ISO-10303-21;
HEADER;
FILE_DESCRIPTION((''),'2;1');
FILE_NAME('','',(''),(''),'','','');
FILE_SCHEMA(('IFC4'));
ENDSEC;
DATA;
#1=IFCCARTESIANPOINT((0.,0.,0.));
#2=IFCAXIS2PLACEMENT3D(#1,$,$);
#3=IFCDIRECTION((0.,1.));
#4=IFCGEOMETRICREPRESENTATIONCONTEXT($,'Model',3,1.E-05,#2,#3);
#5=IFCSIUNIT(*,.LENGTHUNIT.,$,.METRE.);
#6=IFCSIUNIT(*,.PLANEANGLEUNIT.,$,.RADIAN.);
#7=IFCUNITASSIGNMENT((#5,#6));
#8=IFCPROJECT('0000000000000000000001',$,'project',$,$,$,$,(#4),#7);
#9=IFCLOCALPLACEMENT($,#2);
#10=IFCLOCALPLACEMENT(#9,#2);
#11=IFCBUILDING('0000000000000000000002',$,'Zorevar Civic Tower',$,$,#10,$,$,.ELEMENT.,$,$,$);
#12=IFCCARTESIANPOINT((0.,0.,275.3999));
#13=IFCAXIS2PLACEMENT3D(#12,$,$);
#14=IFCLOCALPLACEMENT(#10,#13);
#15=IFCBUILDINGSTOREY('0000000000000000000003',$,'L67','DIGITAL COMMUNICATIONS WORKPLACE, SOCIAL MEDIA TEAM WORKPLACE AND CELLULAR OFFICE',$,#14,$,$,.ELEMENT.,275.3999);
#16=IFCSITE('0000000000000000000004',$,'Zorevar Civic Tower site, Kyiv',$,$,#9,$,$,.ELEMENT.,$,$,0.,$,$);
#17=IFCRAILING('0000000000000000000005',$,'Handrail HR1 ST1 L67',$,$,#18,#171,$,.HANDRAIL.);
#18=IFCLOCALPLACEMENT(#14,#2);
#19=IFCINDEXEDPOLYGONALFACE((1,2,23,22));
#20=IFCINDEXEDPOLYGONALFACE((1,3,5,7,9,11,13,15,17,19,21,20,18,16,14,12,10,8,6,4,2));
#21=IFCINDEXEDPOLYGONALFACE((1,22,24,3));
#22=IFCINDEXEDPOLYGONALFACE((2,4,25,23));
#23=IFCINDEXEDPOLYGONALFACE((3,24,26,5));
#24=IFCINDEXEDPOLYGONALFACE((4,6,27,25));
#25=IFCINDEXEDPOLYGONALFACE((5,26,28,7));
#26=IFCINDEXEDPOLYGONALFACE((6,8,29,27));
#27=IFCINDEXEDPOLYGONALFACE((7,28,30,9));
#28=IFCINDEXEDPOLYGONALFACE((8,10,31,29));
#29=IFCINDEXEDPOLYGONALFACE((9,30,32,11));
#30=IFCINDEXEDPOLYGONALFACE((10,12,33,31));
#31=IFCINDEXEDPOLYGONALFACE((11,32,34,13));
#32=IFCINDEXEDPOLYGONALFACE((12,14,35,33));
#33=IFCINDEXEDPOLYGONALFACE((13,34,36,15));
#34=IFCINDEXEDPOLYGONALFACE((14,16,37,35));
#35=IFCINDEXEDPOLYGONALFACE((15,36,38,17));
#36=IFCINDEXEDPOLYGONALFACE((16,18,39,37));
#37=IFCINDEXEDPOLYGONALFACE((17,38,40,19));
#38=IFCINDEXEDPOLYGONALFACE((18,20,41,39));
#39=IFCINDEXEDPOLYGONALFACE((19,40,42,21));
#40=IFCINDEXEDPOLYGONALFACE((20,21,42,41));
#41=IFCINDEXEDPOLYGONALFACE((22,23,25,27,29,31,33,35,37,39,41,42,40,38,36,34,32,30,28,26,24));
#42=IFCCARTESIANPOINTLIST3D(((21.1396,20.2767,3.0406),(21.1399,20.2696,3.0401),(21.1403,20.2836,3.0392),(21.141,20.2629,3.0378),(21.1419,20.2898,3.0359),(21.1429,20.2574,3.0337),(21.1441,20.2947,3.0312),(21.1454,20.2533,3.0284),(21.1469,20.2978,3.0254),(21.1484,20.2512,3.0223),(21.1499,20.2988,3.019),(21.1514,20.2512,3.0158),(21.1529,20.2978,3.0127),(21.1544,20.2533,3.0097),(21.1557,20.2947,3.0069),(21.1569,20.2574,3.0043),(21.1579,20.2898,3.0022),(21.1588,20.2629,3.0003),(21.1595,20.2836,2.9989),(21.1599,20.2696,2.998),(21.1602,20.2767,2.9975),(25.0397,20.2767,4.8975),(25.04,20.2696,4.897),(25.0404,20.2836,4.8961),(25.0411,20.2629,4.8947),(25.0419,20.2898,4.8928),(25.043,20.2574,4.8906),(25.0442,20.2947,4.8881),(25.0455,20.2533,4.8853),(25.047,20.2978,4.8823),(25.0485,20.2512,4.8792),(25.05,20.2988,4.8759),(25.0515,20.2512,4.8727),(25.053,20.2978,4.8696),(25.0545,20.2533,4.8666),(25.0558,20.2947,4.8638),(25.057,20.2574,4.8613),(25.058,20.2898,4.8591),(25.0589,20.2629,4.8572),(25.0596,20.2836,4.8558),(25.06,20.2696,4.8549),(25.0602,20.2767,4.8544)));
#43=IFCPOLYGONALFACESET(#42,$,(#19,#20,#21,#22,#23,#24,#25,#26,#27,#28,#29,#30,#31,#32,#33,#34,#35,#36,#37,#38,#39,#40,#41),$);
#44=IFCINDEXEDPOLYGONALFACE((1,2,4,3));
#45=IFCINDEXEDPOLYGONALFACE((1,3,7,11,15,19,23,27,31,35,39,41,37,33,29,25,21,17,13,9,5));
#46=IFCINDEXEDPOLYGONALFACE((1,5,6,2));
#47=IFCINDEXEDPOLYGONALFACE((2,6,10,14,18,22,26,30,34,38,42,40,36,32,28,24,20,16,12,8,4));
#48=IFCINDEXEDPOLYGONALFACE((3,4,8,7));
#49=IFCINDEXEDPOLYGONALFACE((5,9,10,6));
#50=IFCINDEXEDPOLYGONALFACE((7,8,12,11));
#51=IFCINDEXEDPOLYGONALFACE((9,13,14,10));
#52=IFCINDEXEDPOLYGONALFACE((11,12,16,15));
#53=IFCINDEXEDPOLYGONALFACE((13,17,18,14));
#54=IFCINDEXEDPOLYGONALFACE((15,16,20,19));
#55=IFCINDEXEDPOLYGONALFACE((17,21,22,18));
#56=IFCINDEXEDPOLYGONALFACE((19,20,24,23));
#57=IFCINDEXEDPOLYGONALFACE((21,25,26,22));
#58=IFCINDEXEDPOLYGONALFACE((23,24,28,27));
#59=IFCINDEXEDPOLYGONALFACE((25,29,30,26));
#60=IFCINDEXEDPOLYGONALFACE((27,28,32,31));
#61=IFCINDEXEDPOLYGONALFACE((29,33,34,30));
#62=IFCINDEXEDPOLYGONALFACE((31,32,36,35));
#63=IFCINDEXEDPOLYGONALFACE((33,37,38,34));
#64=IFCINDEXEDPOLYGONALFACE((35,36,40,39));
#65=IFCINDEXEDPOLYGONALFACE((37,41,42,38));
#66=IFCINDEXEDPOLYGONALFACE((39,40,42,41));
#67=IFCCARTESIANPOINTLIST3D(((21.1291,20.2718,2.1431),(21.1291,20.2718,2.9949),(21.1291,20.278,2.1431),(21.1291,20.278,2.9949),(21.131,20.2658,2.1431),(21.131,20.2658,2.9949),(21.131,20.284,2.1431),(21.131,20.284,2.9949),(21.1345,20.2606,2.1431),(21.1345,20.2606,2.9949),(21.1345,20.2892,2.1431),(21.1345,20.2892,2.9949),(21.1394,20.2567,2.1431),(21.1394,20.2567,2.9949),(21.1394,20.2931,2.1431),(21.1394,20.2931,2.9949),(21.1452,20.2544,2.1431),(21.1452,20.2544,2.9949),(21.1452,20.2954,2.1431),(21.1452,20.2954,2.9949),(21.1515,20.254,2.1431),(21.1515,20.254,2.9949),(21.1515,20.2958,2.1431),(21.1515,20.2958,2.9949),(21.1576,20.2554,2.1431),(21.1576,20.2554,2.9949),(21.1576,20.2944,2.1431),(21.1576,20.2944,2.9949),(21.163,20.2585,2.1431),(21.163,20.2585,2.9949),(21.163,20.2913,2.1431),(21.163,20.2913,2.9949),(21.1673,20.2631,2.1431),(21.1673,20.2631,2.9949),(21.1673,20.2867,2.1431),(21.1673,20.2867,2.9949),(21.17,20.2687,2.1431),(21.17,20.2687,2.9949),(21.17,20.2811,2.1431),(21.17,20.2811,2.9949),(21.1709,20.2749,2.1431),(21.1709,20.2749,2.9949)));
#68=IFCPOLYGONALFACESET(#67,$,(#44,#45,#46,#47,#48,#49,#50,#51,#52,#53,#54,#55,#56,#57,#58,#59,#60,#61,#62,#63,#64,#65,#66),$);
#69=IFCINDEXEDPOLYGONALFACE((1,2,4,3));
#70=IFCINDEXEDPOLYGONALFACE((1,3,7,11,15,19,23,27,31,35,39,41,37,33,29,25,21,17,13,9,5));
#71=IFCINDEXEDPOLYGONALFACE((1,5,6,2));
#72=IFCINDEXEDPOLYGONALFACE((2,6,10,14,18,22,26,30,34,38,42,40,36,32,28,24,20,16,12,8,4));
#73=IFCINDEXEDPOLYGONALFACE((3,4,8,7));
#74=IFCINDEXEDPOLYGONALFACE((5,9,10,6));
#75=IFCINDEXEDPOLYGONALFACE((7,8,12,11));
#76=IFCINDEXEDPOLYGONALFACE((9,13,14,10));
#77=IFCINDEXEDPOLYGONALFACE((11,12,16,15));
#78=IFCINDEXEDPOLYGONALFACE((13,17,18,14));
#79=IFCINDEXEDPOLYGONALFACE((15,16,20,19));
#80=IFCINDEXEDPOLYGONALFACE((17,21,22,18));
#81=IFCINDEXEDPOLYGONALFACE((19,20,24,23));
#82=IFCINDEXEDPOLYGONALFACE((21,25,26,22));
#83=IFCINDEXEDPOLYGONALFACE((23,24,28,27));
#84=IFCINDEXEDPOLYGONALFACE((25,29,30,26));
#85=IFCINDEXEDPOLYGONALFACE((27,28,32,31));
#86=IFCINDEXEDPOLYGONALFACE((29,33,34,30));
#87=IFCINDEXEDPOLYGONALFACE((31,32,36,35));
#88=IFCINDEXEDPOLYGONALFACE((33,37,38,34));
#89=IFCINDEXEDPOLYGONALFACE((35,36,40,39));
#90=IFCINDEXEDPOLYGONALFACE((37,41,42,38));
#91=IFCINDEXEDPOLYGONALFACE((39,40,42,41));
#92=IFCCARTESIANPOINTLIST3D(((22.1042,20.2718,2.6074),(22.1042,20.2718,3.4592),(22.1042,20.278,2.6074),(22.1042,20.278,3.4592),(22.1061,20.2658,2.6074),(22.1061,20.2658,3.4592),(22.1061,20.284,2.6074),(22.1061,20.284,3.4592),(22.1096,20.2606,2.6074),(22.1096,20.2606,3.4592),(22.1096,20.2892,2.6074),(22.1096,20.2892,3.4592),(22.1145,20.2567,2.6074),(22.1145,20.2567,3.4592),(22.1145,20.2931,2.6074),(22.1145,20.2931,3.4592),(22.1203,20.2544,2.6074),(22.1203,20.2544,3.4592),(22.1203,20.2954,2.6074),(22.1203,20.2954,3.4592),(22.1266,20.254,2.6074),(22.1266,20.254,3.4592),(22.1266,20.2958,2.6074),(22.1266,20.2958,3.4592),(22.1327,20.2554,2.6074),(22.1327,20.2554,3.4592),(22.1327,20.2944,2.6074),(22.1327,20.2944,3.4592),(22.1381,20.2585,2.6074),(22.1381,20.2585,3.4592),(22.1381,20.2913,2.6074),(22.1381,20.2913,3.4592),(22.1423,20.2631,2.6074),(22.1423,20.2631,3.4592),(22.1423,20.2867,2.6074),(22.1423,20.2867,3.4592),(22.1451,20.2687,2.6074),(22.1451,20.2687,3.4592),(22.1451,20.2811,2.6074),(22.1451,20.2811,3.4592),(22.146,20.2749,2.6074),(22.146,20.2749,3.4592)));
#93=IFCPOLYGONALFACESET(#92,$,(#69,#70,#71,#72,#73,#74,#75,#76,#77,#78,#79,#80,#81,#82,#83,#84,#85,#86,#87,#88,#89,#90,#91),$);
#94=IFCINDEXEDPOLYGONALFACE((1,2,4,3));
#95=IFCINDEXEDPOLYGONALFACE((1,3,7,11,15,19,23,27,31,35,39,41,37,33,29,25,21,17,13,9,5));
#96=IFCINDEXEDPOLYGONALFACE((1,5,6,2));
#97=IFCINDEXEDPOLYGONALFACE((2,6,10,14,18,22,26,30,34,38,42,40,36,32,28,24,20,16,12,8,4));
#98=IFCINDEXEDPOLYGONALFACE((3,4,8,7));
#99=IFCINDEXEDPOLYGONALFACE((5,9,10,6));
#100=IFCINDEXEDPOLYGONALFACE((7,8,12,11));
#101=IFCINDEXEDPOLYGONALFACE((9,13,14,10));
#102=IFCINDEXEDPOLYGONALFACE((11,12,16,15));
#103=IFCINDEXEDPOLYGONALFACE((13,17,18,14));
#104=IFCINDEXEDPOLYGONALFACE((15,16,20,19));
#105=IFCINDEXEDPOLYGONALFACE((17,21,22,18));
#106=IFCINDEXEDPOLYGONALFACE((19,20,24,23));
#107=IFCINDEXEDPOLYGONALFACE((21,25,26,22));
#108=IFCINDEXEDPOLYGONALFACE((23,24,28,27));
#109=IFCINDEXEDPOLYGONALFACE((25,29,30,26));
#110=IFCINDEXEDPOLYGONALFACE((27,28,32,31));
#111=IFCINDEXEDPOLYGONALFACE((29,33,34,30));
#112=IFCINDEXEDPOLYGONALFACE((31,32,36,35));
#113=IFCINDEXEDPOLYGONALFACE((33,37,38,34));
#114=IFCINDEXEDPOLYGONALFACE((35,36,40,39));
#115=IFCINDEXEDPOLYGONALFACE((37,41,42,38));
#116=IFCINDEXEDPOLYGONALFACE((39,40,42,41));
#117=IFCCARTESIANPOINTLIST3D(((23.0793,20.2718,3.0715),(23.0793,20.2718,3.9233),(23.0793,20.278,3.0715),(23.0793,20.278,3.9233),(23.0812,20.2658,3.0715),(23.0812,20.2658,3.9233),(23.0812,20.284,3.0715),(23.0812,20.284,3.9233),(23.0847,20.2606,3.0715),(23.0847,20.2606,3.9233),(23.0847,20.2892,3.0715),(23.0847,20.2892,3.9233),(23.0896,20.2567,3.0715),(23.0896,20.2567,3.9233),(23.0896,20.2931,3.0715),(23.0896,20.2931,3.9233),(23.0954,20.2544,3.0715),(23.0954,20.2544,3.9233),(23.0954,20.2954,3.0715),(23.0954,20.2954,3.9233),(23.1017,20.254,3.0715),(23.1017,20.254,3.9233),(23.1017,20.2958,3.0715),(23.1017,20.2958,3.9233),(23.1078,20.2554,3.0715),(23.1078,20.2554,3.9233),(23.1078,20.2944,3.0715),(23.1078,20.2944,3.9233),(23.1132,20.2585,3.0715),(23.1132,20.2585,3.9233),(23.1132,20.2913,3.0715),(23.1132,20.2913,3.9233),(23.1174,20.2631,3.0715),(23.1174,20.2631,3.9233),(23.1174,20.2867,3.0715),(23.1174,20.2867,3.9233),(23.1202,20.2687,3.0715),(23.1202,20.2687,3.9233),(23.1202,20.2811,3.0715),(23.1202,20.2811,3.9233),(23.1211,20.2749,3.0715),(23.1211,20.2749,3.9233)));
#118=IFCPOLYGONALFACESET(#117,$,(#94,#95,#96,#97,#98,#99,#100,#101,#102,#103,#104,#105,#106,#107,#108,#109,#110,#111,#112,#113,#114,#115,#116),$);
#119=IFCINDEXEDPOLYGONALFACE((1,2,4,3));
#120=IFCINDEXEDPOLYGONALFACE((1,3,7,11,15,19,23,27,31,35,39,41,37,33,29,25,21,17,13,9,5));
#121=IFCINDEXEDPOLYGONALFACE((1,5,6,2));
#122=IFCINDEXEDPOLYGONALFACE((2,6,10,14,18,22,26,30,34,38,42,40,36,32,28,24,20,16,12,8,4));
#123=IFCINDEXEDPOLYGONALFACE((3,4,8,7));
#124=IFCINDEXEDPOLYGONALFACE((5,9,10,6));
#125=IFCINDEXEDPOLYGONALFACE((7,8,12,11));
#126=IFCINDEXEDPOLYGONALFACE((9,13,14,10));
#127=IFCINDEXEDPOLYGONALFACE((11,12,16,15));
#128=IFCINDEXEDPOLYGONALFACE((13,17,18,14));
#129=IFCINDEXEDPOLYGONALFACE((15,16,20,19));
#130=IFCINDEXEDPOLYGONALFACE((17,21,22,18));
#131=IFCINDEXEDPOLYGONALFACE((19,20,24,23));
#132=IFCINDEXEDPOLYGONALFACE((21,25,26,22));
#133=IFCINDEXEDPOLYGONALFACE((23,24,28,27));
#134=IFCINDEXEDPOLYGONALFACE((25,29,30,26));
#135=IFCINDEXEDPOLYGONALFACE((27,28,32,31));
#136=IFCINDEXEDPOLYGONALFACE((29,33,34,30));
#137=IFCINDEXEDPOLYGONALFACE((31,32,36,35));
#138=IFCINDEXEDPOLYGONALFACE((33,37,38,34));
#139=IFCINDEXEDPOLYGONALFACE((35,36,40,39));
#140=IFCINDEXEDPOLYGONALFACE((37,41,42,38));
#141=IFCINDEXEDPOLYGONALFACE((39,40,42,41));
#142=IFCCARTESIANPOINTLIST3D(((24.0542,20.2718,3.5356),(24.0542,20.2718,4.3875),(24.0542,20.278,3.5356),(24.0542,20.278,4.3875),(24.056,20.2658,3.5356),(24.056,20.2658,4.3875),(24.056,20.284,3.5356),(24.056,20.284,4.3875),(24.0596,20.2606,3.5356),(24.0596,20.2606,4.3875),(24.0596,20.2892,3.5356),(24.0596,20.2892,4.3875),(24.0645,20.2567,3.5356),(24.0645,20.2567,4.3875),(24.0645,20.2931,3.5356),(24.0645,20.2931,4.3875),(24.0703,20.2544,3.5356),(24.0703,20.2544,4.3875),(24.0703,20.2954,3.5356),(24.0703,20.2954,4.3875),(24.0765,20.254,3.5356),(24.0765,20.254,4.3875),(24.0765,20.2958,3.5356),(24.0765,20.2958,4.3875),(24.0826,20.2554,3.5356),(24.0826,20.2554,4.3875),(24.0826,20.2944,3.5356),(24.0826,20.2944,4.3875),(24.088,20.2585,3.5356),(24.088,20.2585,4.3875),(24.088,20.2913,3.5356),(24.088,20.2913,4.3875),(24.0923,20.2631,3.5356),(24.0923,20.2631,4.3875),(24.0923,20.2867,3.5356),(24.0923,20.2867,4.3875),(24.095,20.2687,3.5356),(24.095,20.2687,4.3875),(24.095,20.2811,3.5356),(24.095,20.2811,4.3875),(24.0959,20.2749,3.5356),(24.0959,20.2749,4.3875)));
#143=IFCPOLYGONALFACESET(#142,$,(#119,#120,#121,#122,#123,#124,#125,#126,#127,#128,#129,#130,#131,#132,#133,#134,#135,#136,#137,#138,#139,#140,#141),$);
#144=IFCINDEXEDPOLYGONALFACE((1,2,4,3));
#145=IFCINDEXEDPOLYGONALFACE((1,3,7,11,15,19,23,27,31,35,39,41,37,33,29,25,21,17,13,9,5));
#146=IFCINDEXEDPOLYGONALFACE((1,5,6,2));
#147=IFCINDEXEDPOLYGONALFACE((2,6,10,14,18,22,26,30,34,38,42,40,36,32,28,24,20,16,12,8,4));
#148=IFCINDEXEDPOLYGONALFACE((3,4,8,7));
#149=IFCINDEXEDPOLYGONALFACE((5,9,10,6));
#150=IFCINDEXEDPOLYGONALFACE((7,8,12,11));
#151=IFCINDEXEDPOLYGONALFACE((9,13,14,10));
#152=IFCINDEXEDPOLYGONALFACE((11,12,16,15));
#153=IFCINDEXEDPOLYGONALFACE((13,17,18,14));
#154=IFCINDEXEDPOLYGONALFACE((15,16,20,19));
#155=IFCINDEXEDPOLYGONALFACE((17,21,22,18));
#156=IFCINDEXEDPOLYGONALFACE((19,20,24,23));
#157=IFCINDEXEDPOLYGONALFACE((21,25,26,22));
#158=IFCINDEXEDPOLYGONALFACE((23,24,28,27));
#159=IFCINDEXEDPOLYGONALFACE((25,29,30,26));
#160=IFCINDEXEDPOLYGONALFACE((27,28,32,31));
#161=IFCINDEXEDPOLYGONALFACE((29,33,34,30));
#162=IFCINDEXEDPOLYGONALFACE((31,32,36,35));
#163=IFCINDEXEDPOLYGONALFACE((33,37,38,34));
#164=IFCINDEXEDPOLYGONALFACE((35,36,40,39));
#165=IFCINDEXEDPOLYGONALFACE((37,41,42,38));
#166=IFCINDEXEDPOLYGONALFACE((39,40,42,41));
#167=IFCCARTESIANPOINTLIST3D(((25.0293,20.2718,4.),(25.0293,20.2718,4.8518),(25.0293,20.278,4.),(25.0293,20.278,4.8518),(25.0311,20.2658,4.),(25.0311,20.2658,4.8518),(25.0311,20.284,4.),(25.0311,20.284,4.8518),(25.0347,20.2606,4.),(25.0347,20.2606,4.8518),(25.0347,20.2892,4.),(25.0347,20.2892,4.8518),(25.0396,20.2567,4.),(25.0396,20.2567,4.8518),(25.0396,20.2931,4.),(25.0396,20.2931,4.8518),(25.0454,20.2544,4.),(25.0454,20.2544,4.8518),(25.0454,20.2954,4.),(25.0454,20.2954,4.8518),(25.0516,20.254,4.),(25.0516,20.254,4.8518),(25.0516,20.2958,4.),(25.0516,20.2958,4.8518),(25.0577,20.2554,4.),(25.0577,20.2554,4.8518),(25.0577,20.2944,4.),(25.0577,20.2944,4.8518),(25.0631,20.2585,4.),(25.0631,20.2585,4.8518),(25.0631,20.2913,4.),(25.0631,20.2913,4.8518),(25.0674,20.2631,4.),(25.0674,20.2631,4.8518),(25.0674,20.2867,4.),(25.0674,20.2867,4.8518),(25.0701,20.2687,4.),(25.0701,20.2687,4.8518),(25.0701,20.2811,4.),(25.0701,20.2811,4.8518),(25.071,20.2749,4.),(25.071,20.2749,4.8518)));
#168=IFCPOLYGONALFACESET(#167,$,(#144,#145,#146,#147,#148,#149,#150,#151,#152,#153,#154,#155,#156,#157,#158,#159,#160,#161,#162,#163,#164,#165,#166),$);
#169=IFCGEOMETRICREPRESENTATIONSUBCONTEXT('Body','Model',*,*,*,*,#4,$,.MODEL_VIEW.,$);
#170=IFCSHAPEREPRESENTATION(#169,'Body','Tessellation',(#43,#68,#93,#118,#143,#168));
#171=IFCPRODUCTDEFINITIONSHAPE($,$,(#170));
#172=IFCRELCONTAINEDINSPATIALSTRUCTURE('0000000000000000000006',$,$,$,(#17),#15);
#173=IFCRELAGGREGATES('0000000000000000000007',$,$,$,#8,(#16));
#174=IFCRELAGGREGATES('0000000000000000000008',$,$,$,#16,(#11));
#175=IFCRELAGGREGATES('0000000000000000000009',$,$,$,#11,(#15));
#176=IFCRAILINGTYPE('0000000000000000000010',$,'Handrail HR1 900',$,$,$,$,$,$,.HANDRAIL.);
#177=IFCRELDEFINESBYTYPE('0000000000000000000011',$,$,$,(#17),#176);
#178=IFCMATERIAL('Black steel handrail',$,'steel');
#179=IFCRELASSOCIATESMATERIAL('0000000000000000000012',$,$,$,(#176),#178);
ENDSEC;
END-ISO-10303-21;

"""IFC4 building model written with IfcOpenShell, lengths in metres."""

from ifc_helpers import new_model, si_unit, direction, frame, origin, origin_2d, place, context, subcontext, project, spatial, circle, extrude, material, type_object, element, save


model = new_model("IFC4")

# Units and contexts
model_context = context("Model", 3, precision=1e-05, world=origin(), true_north=direction((0.0, 1.0)))
body_context = subcontext(model_context, "Body", "Model", "MODEL_VIEW")
ifc_project = project(units=[si_unit("LENGTHUNIT", "METRE"), si_unit("PLANEANGLEUNIT", "RADIAN")], contexts=[model_context])

# Site, building, storey
site_placement = place(None, origin())
site = spatial("IfcSite", under=ifc_project, at=site_placement, Name="Zorevar Civic Tower site, Kyiv", CompositionType="ELEMENT", RefElevation=0.0)
building_placement = place(site_placement, origin())
building = spatial("IfcBuilding", under=site, at=building_placement, Name="Zorevar Civic Tower", CompositionType="ELEMENT")
storey_placement = place(building_placement, frame((0.0, 0.0, 275.3999)))
storey = spatial("IfcBuildingStorey", under=building, at=storey_placement, Name="L67", Description="DIGITAL COMMUNICATIONS WORKPLACE, SOCIAL MEDIA TEAM WORKPLACE AND CELLULAR OFFICE", CompositionType="ELEMENT", Elevation=275.3999)

# Railing
ifc_material_1 = material(Name="Black steel handrail", Category="steel")
railing_type = type_object("IfcRailingType", Name="Handrail HR1 900", PredefinedType="HANDRAIL", material=ifc_material_1)
railing_1_placement = place(storey_placement, frame((21.1499, 20.2749, 2.1431)))
element("IfcRailing", 1, at=railing_1_placement, inside=storey, type_object=railing_type, Name="Handrail HR1 ST1 L67", PredefinedType="HANDRAIL", context=body_context, shape_type="SweptSolid", body=[
    extrude(circle(Radius=0.0239, at=origin_2d()), frame((0.0, 0.0, 0.876), z_axis=(0.902886, 0.0, 0.429881), x_axis=(0.0, 1.0, 0.0)), (0.0, 0.0, 1.0), 4.3196),
    extrude(circle(Radius=0.021, at=origin_2d()), origin(), (0.0, 0.0, 1.0), 0.8518),
    extrude(circle(Radius=0.021, at=origin_2d()), frame((0.9751, 0.0, 0.4644)), (0.0, 0.0, 1.0), 0.8518),
    extrude(circle(Radius=0.021, at=origin_2d()), frame((1.9502, 0.0, 0.9285)), (0.0, 0.0, 1.0), 0.8518),
    extrude(circle(Radius=0.021, at=origin_2d()), frame((2.925, 0.0, 1.3926)), (0.0, 0.0, 1.0), 0.8518),
    extrude(circle(Radius=0.021, at=origin_2d()), frame((3.9001, 0.0, 1.8569)), (0.0, 0.0, 1.0), 0.8518),
])

save(model, "model.ifc")
